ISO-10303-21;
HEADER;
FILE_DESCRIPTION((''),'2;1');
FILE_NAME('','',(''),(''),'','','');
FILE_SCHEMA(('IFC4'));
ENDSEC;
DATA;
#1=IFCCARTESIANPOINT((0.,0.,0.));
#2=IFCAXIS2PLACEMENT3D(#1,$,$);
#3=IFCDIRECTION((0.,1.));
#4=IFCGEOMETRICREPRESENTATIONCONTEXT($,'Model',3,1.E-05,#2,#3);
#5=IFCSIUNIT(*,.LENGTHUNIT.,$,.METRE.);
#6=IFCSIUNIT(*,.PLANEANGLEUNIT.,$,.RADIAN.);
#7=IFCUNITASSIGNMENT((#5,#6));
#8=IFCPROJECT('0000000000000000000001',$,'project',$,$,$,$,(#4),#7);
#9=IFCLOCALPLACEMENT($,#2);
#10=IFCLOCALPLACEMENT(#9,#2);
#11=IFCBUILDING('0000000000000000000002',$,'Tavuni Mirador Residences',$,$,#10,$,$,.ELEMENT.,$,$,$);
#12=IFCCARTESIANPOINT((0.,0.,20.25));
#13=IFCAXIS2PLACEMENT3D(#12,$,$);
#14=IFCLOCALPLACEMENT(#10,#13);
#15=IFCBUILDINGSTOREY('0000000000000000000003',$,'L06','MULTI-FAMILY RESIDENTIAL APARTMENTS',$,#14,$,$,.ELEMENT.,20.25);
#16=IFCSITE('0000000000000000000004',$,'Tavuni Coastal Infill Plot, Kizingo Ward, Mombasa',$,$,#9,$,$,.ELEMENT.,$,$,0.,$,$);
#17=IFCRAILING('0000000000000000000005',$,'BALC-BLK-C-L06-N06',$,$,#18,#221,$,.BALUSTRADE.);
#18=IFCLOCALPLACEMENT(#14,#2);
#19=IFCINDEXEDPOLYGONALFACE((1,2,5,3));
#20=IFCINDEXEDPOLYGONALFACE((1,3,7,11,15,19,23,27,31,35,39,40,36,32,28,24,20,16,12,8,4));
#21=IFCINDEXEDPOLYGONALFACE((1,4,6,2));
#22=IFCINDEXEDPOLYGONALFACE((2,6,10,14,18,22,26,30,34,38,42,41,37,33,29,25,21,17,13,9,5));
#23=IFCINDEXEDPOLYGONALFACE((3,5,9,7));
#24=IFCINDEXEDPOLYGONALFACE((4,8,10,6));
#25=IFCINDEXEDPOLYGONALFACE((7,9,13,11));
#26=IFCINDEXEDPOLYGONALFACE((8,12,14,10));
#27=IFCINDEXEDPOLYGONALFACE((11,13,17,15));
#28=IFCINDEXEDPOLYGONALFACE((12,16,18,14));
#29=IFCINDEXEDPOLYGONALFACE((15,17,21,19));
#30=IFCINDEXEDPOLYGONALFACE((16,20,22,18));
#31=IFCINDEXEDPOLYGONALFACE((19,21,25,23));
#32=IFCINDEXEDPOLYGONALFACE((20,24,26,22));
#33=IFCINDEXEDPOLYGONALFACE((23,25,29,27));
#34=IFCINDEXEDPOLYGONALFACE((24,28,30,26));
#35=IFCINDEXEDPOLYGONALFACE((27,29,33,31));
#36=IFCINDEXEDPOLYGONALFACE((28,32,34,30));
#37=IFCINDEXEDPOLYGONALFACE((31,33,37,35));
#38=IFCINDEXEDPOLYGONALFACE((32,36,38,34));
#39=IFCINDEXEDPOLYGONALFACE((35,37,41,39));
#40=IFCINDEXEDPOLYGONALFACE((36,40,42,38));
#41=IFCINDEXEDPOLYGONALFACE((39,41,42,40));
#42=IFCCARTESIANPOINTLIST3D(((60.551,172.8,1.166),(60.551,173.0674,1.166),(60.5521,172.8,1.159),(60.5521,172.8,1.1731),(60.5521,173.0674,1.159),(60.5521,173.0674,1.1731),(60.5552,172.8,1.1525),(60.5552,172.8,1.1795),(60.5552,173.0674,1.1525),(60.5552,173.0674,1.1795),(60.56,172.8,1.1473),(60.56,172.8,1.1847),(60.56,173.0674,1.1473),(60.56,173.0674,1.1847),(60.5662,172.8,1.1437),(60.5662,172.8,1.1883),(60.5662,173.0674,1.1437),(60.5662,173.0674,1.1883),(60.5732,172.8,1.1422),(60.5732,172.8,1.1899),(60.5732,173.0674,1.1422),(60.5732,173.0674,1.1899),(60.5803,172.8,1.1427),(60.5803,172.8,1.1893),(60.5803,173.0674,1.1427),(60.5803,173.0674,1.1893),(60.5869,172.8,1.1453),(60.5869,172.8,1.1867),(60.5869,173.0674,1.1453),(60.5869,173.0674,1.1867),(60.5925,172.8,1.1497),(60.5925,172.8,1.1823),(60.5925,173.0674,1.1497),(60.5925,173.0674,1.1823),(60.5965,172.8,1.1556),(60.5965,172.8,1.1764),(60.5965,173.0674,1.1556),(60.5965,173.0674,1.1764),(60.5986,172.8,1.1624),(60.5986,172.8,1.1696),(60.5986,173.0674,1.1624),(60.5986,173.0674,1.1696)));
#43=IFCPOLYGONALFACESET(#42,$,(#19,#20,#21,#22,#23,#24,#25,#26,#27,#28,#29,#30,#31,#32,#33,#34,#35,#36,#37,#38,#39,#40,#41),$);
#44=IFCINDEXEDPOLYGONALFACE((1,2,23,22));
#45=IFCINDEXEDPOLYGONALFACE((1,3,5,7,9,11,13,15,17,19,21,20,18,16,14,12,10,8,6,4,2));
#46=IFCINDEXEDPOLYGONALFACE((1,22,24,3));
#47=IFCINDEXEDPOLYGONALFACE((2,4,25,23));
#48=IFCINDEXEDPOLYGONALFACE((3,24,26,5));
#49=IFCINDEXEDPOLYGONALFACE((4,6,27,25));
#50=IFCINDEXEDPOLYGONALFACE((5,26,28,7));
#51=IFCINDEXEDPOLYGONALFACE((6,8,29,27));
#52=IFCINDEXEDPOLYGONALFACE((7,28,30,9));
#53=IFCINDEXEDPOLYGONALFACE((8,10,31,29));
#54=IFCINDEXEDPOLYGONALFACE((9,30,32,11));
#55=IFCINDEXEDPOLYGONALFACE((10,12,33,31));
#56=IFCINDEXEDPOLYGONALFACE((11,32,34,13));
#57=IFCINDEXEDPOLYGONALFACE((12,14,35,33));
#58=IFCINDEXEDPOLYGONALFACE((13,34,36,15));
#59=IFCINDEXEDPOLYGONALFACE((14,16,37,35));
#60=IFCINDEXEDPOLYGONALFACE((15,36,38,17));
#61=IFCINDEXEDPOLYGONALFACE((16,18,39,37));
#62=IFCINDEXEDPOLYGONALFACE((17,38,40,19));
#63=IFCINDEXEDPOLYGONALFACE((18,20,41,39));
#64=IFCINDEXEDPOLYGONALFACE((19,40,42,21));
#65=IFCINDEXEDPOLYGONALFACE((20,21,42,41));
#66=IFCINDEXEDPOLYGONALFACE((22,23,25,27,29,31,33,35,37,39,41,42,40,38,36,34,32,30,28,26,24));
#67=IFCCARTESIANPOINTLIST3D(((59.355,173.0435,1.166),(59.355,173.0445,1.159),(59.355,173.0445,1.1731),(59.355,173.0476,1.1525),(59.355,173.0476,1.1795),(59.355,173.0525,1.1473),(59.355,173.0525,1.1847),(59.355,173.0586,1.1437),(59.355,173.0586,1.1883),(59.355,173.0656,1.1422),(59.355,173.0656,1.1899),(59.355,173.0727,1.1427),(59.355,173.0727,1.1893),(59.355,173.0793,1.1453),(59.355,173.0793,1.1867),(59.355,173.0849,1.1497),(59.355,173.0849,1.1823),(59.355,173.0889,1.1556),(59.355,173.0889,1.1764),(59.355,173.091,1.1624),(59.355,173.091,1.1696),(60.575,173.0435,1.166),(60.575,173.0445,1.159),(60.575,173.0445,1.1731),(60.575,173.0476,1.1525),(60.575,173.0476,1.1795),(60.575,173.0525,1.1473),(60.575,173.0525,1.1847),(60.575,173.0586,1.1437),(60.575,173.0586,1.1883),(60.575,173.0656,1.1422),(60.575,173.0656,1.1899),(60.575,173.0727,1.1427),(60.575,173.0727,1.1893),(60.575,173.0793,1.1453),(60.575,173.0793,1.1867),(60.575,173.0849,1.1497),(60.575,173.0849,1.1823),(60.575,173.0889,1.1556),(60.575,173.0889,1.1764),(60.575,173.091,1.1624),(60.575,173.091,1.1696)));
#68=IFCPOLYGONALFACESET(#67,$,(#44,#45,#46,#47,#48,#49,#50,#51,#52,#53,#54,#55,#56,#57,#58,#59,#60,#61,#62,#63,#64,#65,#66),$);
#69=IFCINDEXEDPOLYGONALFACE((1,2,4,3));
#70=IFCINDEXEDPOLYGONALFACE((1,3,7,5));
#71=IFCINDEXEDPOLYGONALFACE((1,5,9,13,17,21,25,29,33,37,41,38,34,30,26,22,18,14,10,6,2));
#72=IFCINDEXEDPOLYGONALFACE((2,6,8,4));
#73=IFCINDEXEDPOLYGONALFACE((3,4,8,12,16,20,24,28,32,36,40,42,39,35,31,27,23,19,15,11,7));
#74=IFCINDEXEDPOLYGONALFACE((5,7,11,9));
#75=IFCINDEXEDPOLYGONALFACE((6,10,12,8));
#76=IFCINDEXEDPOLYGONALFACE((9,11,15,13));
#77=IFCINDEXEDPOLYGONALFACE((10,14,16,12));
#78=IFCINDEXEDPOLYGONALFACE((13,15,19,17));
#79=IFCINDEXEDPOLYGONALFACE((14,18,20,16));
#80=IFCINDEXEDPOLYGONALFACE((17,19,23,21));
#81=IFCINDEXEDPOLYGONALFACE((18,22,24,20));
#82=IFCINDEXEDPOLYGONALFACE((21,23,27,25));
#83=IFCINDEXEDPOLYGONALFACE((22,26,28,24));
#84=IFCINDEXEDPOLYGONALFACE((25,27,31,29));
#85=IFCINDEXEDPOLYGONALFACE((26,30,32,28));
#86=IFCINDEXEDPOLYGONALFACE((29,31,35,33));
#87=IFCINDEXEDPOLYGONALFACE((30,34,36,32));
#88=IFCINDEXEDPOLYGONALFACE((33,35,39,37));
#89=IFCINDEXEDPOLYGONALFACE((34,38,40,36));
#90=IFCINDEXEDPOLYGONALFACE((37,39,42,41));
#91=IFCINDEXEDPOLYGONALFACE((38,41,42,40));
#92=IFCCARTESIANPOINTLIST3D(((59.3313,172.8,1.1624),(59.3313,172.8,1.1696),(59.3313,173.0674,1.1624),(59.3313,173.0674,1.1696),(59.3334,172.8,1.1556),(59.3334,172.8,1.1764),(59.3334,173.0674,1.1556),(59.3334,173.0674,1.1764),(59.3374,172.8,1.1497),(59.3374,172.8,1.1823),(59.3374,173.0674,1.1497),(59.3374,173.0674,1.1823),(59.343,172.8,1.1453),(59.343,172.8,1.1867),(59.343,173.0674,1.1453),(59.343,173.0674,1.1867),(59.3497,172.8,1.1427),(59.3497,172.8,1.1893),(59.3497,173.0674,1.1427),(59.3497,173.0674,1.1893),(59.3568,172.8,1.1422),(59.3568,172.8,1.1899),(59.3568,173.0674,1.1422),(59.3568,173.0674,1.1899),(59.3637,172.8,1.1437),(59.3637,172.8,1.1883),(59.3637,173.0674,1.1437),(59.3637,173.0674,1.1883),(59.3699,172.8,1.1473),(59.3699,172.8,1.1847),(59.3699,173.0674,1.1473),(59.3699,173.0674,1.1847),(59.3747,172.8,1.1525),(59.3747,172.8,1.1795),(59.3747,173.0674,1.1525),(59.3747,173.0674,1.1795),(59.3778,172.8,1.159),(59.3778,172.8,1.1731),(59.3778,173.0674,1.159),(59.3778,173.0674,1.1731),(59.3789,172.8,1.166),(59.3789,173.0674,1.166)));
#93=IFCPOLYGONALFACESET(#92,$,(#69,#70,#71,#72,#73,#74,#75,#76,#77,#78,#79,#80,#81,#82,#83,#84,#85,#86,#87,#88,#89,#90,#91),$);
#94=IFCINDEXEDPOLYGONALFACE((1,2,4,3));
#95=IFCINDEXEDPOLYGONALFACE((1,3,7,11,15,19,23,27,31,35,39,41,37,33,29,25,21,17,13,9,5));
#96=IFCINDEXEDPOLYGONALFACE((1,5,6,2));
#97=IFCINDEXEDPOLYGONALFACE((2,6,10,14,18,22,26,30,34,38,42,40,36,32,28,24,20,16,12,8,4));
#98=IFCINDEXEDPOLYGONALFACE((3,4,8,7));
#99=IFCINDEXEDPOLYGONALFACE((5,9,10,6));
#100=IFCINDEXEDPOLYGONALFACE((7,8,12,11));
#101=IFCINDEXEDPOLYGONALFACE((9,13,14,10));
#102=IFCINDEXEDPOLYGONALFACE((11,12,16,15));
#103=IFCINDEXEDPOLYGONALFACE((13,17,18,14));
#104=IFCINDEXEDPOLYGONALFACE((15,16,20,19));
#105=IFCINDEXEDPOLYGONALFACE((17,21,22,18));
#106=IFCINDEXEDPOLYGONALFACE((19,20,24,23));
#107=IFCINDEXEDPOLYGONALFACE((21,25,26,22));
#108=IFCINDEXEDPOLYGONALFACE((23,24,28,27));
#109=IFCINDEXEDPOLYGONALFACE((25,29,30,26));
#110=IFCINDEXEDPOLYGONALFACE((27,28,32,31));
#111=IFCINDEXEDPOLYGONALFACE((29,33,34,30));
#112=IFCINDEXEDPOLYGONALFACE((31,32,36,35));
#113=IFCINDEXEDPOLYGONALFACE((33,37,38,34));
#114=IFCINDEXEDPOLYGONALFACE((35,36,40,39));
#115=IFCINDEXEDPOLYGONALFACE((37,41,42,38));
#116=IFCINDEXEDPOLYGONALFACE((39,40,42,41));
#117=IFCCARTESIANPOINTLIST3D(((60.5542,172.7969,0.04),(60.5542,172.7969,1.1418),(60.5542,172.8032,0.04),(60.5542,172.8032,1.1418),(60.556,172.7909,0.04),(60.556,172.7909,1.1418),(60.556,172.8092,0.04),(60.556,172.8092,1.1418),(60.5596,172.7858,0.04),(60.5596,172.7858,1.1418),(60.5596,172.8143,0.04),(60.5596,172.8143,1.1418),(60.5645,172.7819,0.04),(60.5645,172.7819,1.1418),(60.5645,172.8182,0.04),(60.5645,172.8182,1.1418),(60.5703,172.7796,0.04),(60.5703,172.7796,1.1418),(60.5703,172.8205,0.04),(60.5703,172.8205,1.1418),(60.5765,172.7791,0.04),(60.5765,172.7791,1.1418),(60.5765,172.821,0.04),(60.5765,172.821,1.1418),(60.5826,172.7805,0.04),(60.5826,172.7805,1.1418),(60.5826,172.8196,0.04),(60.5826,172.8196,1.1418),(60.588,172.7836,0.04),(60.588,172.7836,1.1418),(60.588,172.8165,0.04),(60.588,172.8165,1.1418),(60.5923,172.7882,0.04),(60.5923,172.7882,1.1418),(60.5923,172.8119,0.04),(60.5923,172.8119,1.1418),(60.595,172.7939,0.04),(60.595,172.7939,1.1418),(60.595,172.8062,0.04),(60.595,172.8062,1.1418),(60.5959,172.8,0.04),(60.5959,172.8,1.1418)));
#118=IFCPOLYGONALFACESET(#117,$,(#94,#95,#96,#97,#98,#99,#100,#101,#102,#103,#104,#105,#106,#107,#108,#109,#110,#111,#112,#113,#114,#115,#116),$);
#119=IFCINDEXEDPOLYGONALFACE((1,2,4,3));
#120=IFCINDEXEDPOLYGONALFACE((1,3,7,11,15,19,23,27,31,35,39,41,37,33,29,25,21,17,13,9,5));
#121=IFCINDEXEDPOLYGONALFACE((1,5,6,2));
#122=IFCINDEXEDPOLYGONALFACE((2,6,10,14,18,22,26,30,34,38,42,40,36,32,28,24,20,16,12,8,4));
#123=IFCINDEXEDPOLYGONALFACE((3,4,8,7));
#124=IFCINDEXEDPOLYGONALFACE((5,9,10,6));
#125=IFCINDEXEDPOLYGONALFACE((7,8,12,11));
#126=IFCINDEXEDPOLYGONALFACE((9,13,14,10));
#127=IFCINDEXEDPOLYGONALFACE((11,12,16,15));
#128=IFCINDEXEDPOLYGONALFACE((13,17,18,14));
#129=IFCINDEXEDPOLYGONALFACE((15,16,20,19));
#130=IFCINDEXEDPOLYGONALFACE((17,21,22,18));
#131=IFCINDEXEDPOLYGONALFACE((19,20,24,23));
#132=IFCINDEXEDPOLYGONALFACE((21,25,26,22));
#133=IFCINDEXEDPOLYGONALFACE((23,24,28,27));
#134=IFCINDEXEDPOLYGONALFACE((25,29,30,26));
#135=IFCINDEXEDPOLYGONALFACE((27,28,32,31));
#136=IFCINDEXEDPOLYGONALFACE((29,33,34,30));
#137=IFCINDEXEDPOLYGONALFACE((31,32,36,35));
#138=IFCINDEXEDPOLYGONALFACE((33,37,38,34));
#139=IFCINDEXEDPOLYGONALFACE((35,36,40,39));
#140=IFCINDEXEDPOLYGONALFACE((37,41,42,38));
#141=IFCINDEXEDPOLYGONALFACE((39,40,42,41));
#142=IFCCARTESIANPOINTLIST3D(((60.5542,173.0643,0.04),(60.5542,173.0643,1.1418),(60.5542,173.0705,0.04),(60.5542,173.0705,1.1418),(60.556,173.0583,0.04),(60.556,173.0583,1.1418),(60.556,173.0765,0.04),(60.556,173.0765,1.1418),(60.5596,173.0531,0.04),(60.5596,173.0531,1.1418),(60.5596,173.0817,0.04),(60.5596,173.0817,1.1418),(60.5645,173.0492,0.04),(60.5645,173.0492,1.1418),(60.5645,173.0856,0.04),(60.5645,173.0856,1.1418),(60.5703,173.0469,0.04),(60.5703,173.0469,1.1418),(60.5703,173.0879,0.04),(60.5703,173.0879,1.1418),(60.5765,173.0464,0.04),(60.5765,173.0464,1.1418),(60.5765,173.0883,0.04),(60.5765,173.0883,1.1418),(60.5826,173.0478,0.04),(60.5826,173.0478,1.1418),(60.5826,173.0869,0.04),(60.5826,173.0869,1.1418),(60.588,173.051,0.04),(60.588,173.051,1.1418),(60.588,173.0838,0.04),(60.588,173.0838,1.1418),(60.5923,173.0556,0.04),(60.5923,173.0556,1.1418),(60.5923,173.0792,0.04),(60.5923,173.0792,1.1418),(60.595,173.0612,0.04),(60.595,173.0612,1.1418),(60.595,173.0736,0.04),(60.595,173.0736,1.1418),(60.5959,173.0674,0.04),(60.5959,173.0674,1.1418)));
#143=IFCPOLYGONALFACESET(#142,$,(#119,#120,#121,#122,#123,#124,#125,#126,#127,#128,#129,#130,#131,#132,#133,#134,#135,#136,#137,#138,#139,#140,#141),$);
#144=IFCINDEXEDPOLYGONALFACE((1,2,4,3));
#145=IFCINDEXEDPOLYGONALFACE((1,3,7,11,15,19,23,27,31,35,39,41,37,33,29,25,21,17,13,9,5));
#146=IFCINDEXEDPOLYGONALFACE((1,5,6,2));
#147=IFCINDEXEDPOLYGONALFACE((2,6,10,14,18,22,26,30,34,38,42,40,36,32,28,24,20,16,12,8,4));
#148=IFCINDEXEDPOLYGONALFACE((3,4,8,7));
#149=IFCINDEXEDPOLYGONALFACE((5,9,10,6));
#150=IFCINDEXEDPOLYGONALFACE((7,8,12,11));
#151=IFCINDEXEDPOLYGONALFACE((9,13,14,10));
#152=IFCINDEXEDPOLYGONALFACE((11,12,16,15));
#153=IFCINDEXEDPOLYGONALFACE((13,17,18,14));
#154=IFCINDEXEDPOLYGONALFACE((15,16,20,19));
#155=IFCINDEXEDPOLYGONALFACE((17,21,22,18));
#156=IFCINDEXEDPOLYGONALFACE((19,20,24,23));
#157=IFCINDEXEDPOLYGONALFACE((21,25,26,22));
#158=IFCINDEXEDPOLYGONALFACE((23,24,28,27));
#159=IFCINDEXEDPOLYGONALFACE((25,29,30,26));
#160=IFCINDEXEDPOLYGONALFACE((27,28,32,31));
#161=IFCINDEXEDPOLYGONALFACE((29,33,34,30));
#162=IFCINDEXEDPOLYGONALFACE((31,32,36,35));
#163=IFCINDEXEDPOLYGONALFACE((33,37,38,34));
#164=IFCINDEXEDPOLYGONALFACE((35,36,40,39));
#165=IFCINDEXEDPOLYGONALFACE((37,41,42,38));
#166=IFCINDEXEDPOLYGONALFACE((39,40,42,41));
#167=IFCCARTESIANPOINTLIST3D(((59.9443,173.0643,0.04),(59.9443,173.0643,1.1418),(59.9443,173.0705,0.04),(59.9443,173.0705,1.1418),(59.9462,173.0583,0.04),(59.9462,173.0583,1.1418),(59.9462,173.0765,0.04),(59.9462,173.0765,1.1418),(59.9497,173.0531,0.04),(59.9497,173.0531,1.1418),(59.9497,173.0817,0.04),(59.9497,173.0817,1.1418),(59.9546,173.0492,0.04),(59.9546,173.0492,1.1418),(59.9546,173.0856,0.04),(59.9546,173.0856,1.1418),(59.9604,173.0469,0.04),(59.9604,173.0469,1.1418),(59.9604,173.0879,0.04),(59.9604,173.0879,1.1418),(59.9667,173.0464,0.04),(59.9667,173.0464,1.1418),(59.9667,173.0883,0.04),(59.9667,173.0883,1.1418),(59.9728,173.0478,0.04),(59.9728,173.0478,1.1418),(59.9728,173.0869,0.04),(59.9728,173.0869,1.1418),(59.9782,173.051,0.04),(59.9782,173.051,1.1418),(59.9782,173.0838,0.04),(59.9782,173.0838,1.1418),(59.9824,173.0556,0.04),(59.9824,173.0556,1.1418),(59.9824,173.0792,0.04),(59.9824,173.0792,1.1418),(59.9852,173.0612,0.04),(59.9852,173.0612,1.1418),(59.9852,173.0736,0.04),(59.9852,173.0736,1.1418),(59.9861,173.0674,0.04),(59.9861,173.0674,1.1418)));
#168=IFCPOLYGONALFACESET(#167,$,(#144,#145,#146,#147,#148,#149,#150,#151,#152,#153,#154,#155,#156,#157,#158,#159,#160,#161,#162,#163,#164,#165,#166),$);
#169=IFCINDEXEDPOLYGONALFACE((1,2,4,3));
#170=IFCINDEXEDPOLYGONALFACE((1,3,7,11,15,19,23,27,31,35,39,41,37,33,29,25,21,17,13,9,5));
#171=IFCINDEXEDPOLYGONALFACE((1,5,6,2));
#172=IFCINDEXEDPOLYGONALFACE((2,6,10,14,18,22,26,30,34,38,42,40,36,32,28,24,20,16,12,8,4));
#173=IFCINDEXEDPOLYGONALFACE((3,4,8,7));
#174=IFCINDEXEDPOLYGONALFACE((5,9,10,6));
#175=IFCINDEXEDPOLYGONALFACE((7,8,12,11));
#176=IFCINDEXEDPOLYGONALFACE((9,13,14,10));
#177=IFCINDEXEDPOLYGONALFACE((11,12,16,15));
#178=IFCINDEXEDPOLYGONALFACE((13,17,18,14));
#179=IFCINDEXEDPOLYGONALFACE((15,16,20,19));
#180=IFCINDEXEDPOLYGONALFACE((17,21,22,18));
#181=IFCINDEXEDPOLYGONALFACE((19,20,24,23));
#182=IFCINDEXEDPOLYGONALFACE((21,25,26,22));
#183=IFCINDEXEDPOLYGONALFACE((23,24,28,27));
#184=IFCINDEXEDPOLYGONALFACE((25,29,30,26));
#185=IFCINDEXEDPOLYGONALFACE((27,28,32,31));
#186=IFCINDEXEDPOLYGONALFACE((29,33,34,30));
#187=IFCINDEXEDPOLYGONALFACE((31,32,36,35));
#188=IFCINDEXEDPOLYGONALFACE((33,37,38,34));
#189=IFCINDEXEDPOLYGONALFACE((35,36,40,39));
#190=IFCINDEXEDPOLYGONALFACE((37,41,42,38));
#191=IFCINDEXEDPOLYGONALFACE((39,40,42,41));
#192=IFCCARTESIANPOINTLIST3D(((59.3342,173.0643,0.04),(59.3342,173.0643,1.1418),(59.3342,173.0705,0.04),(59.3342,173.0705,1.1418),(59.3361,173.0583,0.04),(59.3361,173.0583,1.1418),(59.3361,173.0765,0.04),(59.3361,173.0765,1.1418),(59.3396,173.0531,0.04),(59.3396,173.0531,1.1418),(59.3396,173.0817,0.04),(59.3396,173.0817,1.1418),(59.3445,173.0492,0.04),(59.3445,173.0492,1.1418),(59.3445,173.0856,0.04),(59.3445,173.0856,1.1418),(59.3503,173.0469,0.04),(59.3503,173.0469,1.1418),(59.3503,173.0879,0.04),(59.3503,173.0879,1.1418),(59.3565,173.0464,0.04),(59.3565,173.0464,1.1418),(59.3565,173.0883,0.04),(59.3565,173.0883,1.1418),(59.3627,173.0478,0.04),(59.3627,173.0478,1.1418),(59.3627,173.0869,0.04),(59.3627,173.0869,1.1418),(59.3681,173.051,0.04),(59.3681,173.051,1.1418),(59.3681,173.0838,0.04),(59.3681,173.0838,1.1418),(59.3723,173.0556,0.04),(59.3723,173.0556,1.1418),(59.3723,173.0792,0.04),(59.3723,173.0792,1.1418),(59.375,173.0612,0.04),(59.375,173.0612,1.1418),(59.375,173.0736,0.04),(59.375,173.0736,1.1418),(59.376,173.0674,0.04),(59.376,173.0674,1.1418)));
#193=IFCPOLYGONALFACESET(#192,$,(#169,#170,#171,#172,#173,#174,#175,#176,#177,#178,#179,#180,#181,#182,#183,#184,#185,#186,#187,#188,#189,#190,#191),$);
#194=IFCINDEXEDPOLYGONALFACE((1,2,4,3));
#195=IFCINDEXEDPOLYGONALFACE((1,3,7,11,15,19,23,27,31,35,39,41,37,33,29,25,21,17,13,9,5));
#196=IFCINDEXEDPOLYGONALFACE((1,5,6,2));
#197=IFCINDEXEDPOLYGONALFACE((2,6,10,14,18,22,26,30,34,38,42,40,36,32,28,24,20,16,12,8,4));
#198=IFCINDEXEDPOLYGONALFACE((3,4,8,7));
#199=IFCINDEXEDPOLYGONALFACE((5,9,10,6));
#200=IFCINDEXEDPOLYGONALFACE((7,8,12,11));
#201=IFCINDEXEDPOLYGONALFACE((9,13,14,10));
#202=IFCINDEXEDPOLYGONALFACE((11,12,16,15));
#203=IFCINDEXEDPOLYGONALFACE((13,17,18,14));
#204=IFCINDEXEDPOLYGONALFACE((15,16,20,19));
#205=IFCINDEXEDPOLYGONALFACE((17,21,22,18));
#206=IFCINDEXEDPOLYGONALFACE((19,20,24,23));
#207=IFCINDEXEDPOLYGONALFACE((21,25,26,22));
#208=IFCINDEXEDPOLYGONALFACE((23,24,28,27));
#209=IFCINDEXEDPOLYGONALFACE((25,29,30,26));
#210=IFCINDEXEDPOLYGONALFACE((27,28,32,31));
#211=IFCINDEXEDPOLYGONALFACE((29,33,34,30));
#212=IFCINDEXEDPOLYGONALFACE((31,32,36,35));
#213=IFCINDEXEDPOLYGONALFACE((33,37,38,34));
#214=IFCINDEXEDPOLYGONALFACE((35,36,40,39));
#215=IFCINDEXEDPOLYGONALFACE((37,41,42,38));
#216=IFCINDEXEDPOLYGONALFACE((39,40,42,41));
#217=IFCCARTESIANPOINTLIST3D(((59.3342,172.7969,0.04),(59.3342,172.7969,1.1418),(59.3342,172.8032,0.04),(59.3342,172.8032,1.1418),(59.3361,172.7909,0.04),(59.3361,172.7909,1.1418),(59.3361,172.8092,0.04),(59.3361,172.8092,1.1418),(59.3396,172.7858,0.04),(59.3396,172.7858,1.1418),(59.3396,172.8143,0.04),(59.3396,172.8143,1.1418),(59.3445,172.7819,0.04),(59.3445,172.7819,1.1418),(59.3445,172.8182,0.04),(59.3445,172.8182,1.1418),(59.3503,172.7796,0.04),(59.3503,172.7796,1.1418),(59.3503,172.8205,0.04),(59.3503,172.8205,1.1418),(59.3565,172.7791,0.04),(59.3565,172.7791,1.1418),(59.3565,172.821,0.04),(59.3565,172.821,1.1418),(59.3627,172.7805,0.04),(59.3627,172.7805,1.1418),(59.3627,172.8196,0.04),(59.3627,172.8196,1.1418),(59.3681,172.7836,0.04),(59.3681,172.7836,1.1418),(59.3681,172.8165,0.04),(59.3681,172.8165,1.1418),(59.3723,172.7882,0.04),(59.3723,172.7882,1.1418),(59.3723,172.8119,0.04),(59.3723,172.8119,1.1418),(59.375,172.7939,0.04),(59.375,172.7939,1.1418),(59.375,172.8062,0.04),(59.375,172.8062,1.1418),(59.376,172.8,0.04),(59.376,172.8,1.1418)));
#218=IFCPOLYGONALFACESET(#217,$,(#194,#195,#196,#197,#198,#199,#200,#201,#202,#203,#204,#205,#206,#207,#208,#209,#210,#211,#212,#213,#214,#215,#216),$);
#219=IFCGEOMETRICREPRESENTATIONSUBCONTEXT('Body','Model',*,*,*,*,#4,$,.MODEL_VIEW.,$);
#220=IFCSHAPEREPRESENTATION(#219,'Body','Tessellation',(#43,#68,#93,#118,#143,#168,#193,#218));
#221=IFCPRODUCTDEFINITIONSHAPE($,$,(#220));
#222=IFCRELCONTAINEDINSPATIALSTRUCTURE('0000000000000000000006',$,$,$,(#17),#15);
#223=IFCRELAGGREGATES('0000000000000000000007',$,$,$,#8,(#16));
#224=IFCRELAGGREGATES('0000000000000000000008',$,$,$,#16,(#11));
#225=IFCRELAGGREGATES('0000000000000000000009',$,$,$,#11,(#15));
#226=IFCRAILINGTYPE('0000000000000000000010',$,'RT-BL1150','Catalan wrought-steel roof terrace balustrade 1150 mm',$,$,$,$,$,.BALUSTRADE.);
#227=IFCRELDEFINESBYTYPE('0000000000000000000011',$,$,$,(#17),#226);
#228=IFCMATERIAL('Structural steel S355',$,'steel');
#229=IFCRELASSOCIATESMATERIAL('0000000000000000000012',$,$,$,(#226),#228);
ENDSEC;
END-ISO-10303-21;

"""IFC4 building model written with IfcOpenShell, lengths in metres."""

from ifc_helpers import new_model, si_unit, direction, frame, origin, origin_2d, place, context, subcontext, project, spatial, circle, extrude, material, type_object, element, save


model = new_model("IFC4")

# Units and contexts
model_context = context("Model", 3, precision=1e-05, world=origin(), true_north=direction((0.0, 1.0)))
body_context = subcontext(model_context, "Body", "Model", "MODEL_VIEW")
ifc_project = project(units=[si_unit("LENGTHUNIT", "METRE"), si_unit("PLANEANGLEUNIT", "RADIAN")], contexts=[model_context])

# Site, building, storey
site_placement = place(None, origin())
site = spatial("IfcSite", under=ifc_project, at=site_placement, Name="Tavuni Coastal Infill Plot, Kizingo Ward, Mombasa", CompositionType="ELEMENT", RefElevation=0.0)
building_placement = place(site_placement, origin())
building = spatial("IfcBuilding", under=site, at=building_placement, Name="Tavuni Mirador Residences", CompositionType="ELEMENT")
storey_placement = place(building_placement, frame((0.0, 0.0, 20.25)))
storey = spatial("IfcBuildingStorey", under=building, at=storey_placement, Name="L06", Description="MULTI-FAMILY RESIDENTIAL APARTMENTS", CompositionType="ELEMENT", Elevation=20.25)

# Railing
ifc_material_1 = material(Name="Structural steel S355", Category="steel")
railing_type = type_object("IfcRailingType", Name="RT-BL1150", Description="Catalan wrought-steel roof terrace balustrade 1150 mm", PredefinedType="BALUSTRADE", material=ifc_material_1)
railing_placement = place(storey_placement, frame((60.575, 172.8, 0.04)))
element("IfcRailing", 1, at=railing_placement, inside=storey, type_object=railing_type, Name="BALC-BLK-C-L06-N06", PredefinedType="BALUSTRADE", context=body_context, shape_type="SweptSolid", body=[
    extrude(circle(Radius=0.0239, at=origin_2d()), frame((0.0, 0.0, 1.126), z_axis=(0.0, 1.0, 0.0), x_axis=(-1.0, 0.0, 0.0)), (0.0, 0.0, 1.0), 0.2673),
    extrude(circle(Radius=0.0239, at=origin_2d()), frame((0.0, 0.2673, 1.126), z_axis=(-1.0, 0.0, 0.0), x_axis=(0.0, -1.0, 0.0)), (0.0, 0.0, 1.0), 1.22),
    extrude(circle(Radius=0.0239, at=origin_2d()), frame((-1.22, 0.2673, 1.126), z_axis=(0.0, -1.0, 0.0), x_axis=(1.0, 0.0, 0.0)), (0.0, 0.0, 1.0), 0.2673),
    extrude(circle(Radius=0.021, at=origin_2d()), origin(), (0.0, 0.0, 1.0), 1.1018),
    extrude(circle(Radius=0.021, at=origin_2d()), frame((0.0, 0.2673, 0.0)), (0.0, 0.0, 1.0), 1.1018),
    extrude(circle(Radius=0.021, at=origin_2d()), frame((-0.6099, 0.2673, 0.0)), (0.0, 0.0, 1.0), 1.1018),
    extrude(circle(Radius=0.021, at=origin_2d()), frame((-1.22, 0.2673, 0.0)), (0.0, 0.0, 1.0), 1.1018),
    extrude(circle(Radius=0.021, at=origin_2d()), frame((-1.22, 0.0, 0.0)), (0.0, 0.0, 1.0), 1.1018),
])

save(model, "model.ifc")
